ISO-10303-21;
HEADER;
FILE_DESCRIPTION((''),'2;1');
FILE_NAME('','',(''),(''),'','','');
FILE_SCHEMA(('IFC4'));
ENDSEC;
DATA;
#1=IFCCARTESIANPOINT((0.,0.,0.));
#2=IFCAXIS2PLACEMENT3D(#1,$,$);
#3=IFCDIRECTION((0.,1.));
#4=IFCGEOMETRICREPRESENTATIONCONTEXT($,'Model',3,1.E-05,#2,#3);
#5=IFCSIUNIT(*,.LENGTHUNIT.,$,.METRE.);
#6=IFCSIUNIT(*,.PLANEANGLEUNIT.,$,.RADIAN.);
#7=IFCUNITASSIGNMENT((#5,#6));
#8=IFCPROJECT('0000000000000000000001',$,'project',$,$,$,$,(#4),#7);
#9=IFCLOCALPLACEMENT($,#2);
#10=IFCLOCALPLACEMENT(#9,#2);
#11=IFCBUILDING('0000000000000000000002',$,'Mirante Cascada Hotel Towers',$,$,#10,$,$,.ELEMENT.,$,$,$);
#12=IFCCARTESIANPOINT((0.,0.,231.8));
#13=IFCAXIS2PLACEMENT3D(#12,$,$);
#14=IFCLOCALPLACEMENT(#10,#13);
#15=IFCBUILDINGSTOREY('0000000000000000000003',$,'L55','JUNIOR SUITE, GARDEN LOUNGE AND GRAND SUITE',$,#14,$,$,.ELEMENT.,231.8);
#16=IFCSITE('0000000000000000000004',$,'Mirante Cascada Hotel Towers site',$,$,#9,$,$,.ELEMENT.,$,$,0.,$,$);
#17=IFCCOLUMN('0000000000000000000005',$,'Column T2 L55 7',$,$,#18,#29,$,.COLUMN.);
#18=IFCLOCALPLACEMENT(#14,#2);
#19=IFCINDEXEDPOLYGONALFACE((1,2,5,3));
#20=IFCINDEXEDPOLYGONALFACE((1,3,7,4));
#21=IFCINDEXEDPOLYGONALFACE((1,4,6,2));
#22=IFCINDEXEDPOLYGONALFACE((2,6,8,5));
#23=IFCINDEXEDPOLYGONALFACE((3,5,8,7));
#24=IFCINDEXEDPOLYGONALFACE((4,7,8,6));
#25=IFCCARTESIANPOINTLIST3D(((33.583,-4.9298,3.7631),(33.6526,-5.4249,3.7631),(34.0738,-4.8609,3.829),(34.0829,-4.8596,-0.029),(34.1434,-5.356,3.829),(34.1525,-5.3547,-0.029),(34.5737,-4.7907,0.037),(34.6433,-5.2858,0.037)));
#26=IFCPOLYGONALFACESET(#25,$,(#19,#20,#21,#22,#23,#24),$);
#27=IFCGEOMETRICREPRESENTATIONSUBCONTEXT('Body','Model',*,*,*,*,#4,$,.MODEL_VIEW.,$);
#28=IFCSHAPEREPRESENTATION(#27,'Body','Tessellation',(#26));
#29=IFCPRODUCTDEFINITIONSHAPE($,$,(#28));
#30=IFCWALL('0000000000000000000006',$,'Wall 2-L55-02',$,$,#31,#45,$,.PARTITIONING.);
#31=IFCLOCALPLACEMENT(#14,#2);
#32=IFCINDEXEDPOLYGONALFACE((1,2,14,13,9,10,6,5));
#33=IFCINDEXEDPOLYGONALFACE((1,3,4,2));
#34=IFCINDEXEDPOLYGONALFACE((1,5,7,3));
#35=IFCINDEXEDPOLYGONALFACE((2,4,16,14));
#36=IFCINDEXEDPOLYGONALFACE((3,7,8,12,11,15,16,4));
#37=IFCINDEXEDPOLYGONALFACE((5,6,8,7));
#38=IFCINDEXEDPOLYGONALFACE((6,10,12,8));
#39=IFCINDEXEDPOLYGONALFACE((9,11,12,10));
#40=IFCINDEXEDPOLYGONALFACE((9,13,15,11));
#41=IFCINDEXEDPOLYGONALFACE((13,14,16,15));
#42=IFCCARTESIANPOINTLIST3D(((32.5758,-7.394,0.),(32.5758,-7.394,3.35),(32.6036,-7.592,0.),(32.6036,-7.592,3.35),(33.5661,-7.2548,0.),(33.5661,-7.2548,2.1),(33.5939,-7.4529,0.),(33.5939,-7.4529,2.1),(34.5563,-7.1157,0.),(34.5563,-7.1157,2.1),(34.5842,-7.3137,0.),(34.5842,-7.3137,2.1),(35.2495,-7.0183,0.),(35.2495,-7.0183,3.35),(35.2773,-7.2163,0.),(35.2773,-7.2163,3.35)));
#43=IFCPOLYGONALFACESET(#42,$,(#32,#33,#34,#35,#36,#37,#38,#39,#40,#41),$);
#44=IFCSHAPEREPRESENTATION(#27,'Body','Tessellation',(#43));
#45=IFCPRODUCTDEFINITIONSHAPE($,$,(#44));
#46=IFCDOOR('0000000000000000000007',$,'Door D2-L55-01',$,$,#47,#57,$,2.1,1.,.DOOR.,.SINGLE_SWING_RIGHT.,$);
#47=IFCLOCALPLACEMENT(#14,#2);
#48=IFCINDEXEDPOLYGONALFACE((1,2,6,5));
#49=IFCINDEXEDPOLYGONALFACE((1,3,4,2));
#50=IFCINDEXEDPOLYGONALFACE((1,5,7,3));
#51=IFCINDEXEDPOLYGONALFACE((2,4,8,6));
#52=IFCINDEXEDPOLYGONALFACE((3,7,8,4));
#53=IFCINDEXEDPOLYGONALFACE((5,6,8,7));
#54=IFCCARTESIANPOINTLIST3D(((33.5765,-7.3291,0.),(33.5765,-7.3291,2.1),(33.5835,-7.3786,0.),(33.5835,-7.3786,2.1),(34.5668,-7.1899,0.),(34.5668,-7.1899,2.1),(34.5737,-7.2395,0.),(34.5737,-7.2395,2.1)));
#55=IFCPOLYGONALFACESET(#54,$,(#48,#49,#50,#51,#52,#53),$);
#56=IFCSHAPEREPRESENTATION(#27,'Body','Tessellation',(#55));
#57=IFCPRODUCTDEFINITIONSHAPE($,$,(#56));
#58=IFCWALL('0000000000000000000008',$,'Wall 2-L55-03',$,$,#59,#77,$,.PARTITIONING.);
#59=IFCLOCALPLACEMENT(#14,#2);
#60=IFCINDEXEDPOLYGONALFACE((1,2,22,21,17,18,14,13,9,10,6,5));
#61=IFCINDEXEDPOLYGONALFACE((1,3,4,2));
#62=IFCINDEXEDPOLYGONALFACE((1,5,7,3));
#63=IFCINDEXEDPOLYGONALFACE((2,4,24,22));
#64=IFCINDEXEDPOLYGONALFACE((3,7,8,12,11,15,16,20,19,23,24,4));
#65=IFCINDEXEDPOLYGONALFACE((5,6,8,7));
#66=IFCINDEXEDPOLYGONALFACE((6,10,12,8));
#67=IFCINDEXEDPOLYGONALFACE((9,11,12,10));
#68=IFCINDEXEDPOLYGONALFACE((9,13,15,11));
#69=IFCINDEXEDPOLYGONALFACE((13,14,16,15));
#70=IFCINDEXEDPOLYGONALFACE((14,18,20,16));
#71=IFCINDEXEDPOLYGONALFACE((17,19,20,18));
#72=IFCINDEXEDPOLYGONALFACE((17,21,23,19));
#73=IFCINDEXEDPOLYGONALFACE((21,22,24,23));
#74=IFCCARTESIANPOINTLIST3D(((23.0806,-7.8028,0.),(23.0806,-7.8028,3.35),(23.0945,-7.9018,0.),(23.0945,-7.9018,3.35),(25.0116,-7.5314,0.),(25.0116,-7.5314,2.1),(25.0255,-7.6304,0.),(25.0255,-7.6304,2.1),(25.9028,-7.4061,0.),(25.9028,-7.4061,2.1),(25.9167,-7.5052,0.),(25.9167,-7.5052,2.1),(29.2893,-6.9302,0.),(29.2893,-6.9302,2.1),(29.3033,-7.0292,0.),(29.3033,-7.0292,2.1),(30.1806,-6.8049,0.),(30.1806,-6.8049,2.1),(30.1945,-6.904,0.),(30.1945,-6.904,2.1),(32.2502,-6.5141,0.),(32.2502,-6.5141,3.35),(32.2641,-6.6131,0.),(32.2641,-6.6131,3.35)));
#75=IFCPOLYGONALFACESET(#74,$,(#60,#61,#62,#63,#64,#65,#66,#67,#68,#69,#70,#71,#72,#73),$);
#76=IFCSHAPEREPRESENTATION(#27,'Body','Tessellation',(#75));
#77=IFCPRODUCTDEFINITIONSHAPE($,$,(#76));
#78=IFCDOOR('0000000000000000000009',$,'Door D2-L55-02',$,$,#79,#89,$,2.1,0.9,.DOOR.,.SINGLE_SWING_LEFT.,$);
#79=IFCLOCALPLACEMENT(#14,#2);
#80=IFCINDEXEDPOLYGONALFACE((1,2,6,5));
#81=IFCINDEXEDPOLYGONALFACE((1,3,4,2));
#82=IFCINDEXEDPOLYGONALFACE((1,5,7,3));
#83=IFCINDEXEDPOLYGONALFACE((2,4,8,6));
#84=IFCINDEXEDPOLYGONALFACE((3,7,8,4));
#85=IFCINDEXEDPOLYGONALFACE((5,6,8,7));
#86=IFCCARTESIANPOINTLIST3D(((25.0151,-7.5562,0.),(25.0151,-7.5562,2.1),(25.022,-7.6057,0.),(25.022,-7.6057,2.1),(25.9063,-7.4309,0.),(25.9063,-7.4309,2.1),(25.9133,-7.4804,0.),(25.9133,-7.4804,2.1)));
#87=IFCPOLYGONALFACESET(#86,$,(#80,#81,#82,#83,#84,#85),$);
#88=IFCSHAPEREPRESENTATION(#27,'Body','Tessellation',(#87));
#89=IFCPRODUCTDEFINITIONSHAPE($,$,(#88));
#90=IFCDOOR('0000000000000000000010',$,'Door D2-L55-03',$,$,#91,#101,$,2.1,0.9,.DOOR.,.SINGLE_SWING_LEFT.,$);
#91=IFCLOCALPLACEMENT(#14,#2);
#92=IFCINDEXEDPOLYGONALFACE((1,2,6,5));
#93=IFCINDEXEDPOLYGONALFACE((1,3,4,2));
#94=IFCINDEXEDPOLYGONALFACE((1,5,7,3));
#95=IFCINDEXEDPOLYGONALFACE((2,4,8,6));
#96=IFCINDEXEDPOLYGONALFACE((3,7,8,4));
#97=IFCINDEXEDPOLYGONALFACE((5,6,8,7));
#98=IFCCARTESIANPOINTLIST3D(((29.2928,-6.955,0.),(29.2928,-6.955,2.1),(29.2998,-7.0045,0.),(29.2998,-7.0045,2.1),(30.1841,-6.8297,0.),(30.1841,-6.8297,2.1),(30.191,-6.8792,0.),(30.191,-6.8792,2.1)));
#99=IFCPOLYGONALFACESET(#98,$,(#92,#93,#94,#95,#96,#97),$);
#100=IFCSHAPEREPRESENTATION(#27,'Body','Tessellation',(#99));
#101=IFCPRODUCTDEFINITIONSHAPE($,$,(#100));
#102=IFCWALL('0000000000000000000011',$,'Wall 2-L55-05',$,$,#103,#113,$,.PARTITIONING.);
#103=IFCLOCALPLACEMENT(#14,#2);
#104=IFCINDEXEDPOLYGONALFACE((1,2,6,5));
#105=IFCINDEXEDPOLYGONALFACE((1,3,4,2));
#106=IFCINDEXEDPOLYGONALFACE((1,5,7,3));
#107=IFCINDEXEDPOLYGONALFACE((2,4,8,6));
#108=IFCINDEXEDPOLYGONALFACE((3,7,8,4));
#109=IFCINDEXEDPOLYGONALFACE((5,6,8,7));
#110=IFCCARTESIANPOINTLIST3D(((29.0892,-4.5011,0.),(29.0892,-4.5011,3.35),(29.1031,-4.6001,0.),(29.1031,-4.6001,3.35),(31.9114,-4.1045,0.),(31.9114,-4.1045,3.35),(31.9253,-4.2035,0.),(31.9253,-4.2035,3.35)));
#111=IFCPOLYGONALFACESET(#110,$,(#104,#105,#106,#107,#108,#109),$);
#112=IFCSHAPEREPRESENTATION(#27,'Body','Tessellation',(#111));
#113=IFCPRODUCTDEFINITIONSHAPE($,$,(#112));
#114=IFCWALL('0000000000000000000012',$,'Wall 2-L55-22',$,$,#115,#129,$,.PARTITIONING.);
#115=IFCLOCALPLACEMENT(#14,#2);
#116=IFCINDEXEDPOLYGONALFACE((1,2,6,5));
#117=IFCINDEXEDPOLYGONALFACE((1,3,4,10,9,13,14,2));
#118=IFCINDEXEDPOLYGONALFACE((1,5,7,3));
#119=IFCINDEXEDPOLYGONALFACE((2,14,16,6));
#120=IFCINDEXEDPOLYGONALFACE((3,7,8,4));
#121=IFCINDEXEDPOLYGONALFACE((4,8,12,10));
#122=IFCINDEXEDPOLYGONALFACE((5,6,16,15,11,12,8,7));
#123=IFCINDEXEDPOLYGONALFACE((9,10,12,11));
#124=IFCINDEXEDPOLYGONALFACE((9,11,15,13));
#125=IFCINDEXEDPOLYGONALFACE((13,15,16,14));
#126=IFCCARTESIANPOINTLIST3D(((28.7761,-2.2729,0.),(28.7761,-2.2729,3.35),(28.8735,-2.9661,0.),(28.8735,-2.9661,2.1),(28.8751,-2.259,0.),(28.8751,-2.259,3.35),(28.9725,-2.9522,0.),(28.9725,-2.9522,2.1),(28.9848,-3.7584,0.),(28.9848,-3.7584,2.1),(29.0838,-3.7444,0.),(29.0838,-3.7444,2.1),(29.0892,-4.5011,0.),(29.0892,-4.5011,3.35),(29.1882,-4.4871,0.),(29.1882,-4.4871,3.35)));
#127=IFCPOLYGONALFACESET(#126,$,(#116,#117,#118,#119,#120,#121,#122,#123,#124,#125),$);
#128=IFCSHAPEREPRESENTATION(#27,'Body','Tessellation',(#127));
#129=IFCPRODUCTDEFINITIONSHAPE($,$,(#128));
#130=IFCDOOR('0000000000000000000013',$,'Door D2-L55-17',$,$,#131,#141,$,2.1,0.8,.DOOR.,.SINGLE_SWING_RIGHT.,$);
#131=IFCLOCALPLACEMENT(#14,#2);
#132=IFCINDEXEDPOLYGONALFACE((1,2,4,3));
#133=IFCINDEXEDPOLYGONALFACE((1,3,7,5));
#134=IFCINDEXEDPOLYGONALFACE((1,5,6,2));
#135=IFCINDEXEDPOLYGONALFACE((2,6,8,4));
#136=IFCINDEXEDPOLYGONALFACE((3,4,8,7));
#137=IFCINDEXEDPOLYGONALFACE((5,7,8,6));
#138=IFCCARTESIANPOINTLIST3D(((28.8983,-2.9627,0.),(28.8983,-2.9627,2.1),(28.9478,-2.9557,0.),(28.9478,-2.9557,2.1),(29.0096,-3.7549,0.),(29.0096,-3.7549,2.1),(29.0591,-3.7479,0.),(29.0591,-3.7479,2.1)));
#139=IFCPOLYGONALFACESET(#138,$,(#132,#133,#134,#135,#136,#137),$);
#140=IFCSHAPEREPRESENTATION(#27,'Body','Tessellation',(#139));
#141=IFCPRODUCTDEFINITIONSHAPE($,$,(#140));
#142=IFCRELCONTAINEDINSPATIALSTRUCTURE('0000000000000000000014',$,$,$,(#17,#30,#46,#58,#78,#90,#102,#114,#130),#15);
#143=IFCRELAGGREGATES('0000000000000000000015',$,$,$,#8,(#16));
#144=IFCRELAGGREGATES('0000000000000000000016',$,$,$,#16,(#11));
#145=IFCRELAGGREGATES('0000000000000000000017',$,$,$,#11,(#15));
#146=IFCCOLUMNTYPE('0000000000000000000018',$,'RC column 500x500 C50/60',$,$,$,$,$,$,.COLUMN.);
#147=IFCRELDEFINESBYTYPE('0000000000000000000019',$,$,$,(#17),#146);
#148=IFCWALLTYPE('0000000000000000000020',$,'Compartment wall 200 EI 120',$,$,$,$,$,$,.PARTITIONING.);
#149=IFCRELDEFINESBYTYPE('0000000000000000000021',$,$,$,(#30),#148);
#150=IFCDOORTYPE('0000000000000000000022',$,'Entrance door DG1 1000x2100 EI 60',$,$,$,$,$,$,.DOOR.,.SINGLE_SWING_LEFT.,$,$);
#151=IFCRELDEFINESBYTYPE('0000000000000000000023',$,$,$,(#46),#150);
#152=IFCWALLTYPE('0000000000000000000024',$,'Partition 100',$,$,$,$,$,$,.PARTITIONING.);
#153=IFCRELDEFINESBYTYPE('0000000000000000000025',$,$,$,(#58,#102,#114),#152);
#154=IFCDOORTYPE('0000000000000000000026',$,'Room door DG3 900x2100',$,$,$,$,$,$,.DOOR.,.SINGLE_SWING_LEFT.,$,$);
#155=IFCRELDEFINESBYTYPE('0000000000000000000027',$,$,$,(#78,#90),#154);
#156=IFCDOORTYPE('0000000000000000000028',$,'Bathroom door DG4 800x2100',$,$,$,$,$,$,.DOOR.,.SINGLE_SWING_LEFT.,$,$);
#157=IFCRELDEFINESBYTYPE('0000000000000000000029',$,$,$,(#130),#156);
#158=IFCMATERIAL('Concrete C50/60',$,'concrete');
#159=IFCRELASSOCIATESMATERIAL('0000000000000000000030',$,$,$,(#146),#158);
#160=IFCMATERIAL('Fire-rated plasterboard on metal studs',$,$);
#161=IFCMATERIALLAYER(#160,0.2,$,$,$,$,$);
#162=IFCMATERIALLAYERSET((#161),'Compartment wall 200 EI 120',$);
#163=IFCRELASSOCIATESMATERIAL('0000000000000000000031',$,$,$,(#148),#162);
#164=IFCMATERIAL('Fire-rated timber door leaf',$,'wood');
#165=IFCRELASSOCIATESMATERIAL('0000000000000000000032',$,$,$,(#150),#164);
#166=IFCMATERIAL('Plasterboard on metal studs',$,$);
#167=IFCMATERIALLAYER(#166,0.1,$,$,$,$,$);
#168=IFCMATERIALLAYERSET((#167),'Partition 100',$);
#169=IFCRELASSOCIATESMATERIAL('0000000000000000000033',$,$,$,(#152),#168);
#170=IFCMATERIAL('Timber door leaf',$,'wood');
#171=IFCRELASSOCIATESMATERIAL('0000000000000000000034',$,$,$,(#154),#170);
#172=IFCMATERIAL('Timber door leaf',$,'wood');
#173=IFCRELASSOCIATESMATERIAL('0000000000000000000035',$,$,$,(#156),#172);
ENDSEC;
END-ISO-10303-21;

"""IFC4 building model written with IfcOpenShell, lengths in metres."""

from ifc_helpers import new_model, si_unit, direction, frame, frame_2d, origin, origin_2d, place, context, subcontext, project, spatial, rectangle, extrude, material, layer, layer_set, material_profile, profile_set, type_object, element, fill, save


model = new_model("IFC4")

# Units and contexts
model_context = context("Model", 3, precision=1e-05, world=origin(), true_north=direction((0.0, 1.0)))
body_context = subcontext(model_context, "Body", "Model", "MODEL_VIEW")
ifc_project = project(units=[si_unit("LENGTHUNIT", "METRE"), si_unit("PLANEANGLEUNIT", "RADIAN")], contexts=[model_context])

# Site, building, storey
site_placement = place(None, origin())
site = spatial("IfcSite", under=ifc_project, at=site_placement, Name="Mirante Cascada Hotel Towers site", CompositionType="ELEMENT", RefElevation=0.0)
building_placement = place(site_placement, origin())
building = spatial("IfcBuilding", under=site, at=building_placement, Name="Mirante Cascada Hotel Towers", CompositionType="ELEMENT")
storey_placement = place(building_placement, frame((0.0, 0.0, 231.8)))
storey = spatial("IfcBuildingStorey", under=building, at=storey_placement, Name="L55", Description="JUNIOR SUITE, GARDEN LOUNGE AND GRAND SUITE", CompositionType="ELEMENT", Elevation=231.8)

# Column
ifc_material_1 = material(Name="Concrete C50/60", Category="concrete")
ifc_material_profile = material_profile(ifc_material_1, rectangle(XDim=0.5, YDim=0.5, at=origin_2d()), Name="RC column 500x500 C50/60")
ifc_profile_set = profile_set([ifc_material_profile], Name="Concrete C50/60")
column_type = type_object("IfcColumnType", Name="RC column 500x500 C50/60", PredefinedType="COLUMN", material=ifc_profile_set)
column_placement = place(storey_placement, frame((34.3631, -5.0727, 0.004), z_axis=(-0.130677, -0.018351, 0.991255), x_axis=(0.139064, -0.990283, 0.0)))
element("IfcColumn", 1, at=column_placement, inside=storey, type_object=column_type, Name="Column T2 L55 7", PredefinedType="COLUMN", context=body_context, shape_type="SweptSolid", body=[
    extrude(rectangle(XDim=0.5, YDim=0.5, at=origin_2d()), origin(), (0.0, 0.0, 1.0), 3.8255),
])

# Wall, opening, door
ifc_material_2 = material(Name="Fire-rated plasterboard on metal studs")
ifc_layer_1 = layer(ifc_material_2, 0.2)
ifc_layer_set_1 = layer_set([ifc_layer_1], Name="Compartment wall 200 EI 120")
wall_type_1 = type_object("IfcWallType", Name="Compartment wall 200 EI 120", PredefinedType="PARTITIONING", material=ifc_layer_set_1)
wall_1_placement = place(storey_placement, frame((32.5897, -7.493, 0.0), z_axis=(0.0, 0.0, 1.0), x_axis=(0.990271, 0.13915, 0.0)))
wall_1 = element("IfcWall", 2, at=wall_1_placement, inside=storey, type_object=wall_type_1, Name="Wall 2-L55-02", PredefinedType="PARTITIONING", context=body_context, shape_type="SweptSolid", body=[
    extrude(rectangle(XDim=2.7, YDim=0.2, at=frame_2d((1.35, 0.0))), origin(), (0.0, 0.0, 1.0), 3.35),
])
opening_1_placement = place(wall_1_placement, frame((1.0, 0.0, 0.0)))
opening_1 = element("IfcOpeningElement", 3, at=opening_1_placement, cuts=wall_1, PredefinedType="OPENING", context=body_context, shape_type="SweptSolid", body=[
    extrude(rectangle(XDim=1.0, YDim=2.1, at=frame_2d((0.5, 1.05))), frame((0.0, 0.1, 0.0), z_axis=(0.0, -1.0, 0.0), x_axis=(1.0, 0.0, 0.0)), (0.0, 0.0, 1.0), 0.2),
])
ifc_material_3 = material(Name="Fire-rated timber door leaf", Category="wood")
door_type_1 = type_object("IfcDoorType", Name="Entrance door DG1 1000x2100 EI 60", OperationType="SINGLE_SWING_LEFT", PredefinedType="DOOR", material=ifc_material_3)
door_1_placement = place(opening_1_placement, frame((1.0, 0.0, 0.0), z_axis=(0.0, 0.0, 1.0), x_axis=(-1.0, 0.0, 0.0)))
door_1 = element("IfcDoor", 4, at=door_1_placement, inside=storey, type_object=door_type_1, Name="Door D2-L55-01", OperationType="SINGLE_SWING_RIGHT", OverallHeight=2.1, OverallWidth=1.0, PredefinedType="DOOR", context=body_context, shape_type="SweptSolid", body=[
    extrude(rectangle(XDim=1.0, YDim=2.1, at=frame_2d((0.5, 1.05))), frame((0.0, 0.025, 0.0), z_axis=(0.0, -1.0, 0.0), x_axis=(1.0, 0.0, 0.0)), (0.0, 0.0, 1.0), 0.05),
])
fill(opening_1, door_1)

# Wall, openings, doors
ifc_material_4 = material(Name="Plasterboard on metal studs")
ifc_layer_2 = layer(ifc_material_4, 0.1)
ifc_layer_set_2 = layer_set([ifc_layer_2], Name="Partition 100")
wall_type_2 = type_object("IfcWallType", Name="Partition 100", PredefinedType="PARTITIONING", material=ifc_layer_set_2)
wall_2_placement = place(storey_placement, frame((32.2571, -6.5636, 0.0), z_axis=(0.0, 0.0, 1.0), x_axis=(-0.990268, -0.139173, 0.0)))
wall_2 = element("IfcWall", 5, at=wall_2_placement, inside=storey, type_object=wall_type_2, Name="Wall 2-L55-03", PredefinedType="PARTITIONING", context=body_context, shape_type="SweptSolid", body=[
    extrude(rectangle(XDim=9.2597, YDim=0.1, at=frame_2d((4.6298, 0.0))), origin(), (0.0, 0.0, 1.0), 3.35),
])
opening_2_placement = place(wall_2_placement, frame((6.4097, 0.0, 0.0)))
opening_2 = element("IfcOpeningElement", 6, at=opening_2_placement, cuts=wall_2, PredefinedType="OPENING", context=body_context, shape_type="SweptSolid", body=[
    extrude(rectangle(XDim=0.9, YDim=2.1, at=frame_2d((0.45, 1.05))), frame((0.0, 0.05, 0.0), z_axis=(0.0, -1.0, 0.0), x_axis=(1.0, 0.0, 0.0)), (0.0, 0.0, 1.0), 0.1),
])
opening_3_placement = place(wall_2_placement, frame((2.0899, 0.0, 0.0)))
opening_3 = element("IfcOpeningElement", 7, at=opening_3_placement, cuts=wall_2, PredefinedType="OPENING", context=body_context, shape_type="SweptSolid", body=[
    extrude(rectangle(XDim=0.9, YDim=2.1, at=frame_2d((0.45, 1.05))), frame((0.0, 0.05, 0.0), z_axis=(0.0, -1.0, 0.0), x_axis=(1.0, 0.0, 0.0)), (0.0, 0.0, 1.0), 0.1),
])
ifc_material_5 = material(Name="Timber door leaf", Category="wood")
door_type_2 = type_object("IfcDoorType", Name="Room door DG3 900x2100", OperationType="SINGLE_SWING_LEFT", PredefinedType="DOOR", material=ifc_material_5)
door_2_placement = place(opening_2_placement, origin())
door_2 = element("IfcDoor", 8, at=door_2_placement, inside=storey, type_object=door_type_2, Name="Door D2-L55-02", OperationType="SINGLE_SWING_LEFT", OverallHeight=2.1, OverallWidth=0.9, PredefinedType="DOOR", context=body_context, shape_type="SweptSolid", body=[
    extrude(rectangle(XDim=0.9, YDim=2.1, at=frame_2d((0.45, 1.05))), frame((0.0, 0.025, 0.0), z_axis=(0.0, -1.0, 0.0), x_axis=(1.0, 0.0, 0.0)), (0.0, 0.0, 1.0), 0.05),
])
fill(opening_2, door_2)
door_3_placement = place(opening_3_placement, origin())
door_3 = element("IfcDoor", 9, at=door_3_placement, inside=storey, type_object=door_type_2, Name="Door D2-L55-03", OperationType="SINGLE_SWING_LEFT", OverallHeight=2.1, OverallWidth=0.9, PredefinedType="DOOR", context=body_context, shape_type="SweptSolid", body=[
    extrude(rectangle(XDim=0.9, YDim=2.1, at=frame_2d((0.45, 1.05))), frame((0.0, 0.025, 0.0), z_axis=(0.0, -1.0, 0.0), x_axis=(1.0, 0.0, 0.0)), (0.0, 0.0, 1.0), 0.05),
])
fill(opening_3, door_3)

# Wall
wall_3_placement = place(storey_placement, frame((31.9184, -4.154, 0.0), z_axis=(0.0, 0.0, 1.0), x_axis=(-0.99027, -0.139161, 0.0)))
element("IfcWall", 10, at=wall_3_placement, inside=storey, type_object=wall_type_2, Name="Wall 2-L55-05", PredefinedType="PARTITIONING", context=body_context, shape_type="SweptSolid", body=[
    extrude(rectangle(XDim=2.8499, YDim=0.1, at=frame_2d((1.425, 0.0))), origin(), (0.0, 0.0, 1.0), 3.35),
])

# Wall, opening, door
wall_4_placement = place(storey_placement, frame((29.1387, -4.4941, 0.0), z_axis=(0.0, 0.0, 1.0), x_axis=(-0.139156, 0.990271, 0.0)))
wall_4 = element("IfcWall", 11, at=wall_4_placement, inside=storey, type_object=wall_type_2, Name="Wall 2-L55-22", PredefinedType="PARTITIONING", context=body_context, shape_type="SweptSolid", body=[
    extrude(rectangle(XDim=2.25, YDim=0.1, at=frame_2d((1.125, 0.0))), origin(), (0.0, 0.0, 1.0), 3.35),
])
opening_4_placement = place(wall_4_placement, frame((0.75, 0.0, 0.0)))
opening_4 = element("IfcOpeningElement", 12, at=opening_4_placement, cuts=wall_4, PredefinedType="OPENING", context=body_context, shape_type="SweptSolid", body=[
    extrude(rectangle(XDim=0.8, YDim=2.1, at=frame_2d((0.4, 1.05))), frame((0.0, 0.05, 0.0), z_axis=(0.0, -1.0, 0.0), x_axis=(1.0, 0.0, 0.0)), (0.0, 0.0, 1.0), 0.1),
])
ifc_material_6 = material(Name="Timber door leaf", Category="wood")
door_type_3 = type_object("IfcDoorType", Name="Bathroom door DG4 800x2100", OperationType="SINGLE_SWING_LEFT", PredefinedType="DOOR", material=ifc_material_6)
door_4_placement = place(opening_4_placement, frame((0.8, 0.0, 0.0), z_axis=(0.0, 0.0, 1.0), x_axis=(-1.0, 0.0, 0.0)))
door_4 = element("IfcDoor", 13, at=door_4_placement, inside=storey, type_object=door_type_3, Name="Door D2-L55-17", OperationType="SINGLE_SWING_RIGHT", OverallHeight=2.1, OverallWidth=0.8, PredefinedType="DOOR", context=body_context, shape_type="SweptSolid", body=[
    extrude(rectangle(XDim=0.8, YDim=2.1, at=frame_2d((0.4, 1.05))), frame((0.0, 0.025, 0.0), z_axis=(0.0, -1.0, 0.0), x_axis=(1.0, 0.0, 0.0)), (0.0, 0.0, 1.0), 0.05),
])
fill(opening_4, door_4)

save(model, "model.ifc")
